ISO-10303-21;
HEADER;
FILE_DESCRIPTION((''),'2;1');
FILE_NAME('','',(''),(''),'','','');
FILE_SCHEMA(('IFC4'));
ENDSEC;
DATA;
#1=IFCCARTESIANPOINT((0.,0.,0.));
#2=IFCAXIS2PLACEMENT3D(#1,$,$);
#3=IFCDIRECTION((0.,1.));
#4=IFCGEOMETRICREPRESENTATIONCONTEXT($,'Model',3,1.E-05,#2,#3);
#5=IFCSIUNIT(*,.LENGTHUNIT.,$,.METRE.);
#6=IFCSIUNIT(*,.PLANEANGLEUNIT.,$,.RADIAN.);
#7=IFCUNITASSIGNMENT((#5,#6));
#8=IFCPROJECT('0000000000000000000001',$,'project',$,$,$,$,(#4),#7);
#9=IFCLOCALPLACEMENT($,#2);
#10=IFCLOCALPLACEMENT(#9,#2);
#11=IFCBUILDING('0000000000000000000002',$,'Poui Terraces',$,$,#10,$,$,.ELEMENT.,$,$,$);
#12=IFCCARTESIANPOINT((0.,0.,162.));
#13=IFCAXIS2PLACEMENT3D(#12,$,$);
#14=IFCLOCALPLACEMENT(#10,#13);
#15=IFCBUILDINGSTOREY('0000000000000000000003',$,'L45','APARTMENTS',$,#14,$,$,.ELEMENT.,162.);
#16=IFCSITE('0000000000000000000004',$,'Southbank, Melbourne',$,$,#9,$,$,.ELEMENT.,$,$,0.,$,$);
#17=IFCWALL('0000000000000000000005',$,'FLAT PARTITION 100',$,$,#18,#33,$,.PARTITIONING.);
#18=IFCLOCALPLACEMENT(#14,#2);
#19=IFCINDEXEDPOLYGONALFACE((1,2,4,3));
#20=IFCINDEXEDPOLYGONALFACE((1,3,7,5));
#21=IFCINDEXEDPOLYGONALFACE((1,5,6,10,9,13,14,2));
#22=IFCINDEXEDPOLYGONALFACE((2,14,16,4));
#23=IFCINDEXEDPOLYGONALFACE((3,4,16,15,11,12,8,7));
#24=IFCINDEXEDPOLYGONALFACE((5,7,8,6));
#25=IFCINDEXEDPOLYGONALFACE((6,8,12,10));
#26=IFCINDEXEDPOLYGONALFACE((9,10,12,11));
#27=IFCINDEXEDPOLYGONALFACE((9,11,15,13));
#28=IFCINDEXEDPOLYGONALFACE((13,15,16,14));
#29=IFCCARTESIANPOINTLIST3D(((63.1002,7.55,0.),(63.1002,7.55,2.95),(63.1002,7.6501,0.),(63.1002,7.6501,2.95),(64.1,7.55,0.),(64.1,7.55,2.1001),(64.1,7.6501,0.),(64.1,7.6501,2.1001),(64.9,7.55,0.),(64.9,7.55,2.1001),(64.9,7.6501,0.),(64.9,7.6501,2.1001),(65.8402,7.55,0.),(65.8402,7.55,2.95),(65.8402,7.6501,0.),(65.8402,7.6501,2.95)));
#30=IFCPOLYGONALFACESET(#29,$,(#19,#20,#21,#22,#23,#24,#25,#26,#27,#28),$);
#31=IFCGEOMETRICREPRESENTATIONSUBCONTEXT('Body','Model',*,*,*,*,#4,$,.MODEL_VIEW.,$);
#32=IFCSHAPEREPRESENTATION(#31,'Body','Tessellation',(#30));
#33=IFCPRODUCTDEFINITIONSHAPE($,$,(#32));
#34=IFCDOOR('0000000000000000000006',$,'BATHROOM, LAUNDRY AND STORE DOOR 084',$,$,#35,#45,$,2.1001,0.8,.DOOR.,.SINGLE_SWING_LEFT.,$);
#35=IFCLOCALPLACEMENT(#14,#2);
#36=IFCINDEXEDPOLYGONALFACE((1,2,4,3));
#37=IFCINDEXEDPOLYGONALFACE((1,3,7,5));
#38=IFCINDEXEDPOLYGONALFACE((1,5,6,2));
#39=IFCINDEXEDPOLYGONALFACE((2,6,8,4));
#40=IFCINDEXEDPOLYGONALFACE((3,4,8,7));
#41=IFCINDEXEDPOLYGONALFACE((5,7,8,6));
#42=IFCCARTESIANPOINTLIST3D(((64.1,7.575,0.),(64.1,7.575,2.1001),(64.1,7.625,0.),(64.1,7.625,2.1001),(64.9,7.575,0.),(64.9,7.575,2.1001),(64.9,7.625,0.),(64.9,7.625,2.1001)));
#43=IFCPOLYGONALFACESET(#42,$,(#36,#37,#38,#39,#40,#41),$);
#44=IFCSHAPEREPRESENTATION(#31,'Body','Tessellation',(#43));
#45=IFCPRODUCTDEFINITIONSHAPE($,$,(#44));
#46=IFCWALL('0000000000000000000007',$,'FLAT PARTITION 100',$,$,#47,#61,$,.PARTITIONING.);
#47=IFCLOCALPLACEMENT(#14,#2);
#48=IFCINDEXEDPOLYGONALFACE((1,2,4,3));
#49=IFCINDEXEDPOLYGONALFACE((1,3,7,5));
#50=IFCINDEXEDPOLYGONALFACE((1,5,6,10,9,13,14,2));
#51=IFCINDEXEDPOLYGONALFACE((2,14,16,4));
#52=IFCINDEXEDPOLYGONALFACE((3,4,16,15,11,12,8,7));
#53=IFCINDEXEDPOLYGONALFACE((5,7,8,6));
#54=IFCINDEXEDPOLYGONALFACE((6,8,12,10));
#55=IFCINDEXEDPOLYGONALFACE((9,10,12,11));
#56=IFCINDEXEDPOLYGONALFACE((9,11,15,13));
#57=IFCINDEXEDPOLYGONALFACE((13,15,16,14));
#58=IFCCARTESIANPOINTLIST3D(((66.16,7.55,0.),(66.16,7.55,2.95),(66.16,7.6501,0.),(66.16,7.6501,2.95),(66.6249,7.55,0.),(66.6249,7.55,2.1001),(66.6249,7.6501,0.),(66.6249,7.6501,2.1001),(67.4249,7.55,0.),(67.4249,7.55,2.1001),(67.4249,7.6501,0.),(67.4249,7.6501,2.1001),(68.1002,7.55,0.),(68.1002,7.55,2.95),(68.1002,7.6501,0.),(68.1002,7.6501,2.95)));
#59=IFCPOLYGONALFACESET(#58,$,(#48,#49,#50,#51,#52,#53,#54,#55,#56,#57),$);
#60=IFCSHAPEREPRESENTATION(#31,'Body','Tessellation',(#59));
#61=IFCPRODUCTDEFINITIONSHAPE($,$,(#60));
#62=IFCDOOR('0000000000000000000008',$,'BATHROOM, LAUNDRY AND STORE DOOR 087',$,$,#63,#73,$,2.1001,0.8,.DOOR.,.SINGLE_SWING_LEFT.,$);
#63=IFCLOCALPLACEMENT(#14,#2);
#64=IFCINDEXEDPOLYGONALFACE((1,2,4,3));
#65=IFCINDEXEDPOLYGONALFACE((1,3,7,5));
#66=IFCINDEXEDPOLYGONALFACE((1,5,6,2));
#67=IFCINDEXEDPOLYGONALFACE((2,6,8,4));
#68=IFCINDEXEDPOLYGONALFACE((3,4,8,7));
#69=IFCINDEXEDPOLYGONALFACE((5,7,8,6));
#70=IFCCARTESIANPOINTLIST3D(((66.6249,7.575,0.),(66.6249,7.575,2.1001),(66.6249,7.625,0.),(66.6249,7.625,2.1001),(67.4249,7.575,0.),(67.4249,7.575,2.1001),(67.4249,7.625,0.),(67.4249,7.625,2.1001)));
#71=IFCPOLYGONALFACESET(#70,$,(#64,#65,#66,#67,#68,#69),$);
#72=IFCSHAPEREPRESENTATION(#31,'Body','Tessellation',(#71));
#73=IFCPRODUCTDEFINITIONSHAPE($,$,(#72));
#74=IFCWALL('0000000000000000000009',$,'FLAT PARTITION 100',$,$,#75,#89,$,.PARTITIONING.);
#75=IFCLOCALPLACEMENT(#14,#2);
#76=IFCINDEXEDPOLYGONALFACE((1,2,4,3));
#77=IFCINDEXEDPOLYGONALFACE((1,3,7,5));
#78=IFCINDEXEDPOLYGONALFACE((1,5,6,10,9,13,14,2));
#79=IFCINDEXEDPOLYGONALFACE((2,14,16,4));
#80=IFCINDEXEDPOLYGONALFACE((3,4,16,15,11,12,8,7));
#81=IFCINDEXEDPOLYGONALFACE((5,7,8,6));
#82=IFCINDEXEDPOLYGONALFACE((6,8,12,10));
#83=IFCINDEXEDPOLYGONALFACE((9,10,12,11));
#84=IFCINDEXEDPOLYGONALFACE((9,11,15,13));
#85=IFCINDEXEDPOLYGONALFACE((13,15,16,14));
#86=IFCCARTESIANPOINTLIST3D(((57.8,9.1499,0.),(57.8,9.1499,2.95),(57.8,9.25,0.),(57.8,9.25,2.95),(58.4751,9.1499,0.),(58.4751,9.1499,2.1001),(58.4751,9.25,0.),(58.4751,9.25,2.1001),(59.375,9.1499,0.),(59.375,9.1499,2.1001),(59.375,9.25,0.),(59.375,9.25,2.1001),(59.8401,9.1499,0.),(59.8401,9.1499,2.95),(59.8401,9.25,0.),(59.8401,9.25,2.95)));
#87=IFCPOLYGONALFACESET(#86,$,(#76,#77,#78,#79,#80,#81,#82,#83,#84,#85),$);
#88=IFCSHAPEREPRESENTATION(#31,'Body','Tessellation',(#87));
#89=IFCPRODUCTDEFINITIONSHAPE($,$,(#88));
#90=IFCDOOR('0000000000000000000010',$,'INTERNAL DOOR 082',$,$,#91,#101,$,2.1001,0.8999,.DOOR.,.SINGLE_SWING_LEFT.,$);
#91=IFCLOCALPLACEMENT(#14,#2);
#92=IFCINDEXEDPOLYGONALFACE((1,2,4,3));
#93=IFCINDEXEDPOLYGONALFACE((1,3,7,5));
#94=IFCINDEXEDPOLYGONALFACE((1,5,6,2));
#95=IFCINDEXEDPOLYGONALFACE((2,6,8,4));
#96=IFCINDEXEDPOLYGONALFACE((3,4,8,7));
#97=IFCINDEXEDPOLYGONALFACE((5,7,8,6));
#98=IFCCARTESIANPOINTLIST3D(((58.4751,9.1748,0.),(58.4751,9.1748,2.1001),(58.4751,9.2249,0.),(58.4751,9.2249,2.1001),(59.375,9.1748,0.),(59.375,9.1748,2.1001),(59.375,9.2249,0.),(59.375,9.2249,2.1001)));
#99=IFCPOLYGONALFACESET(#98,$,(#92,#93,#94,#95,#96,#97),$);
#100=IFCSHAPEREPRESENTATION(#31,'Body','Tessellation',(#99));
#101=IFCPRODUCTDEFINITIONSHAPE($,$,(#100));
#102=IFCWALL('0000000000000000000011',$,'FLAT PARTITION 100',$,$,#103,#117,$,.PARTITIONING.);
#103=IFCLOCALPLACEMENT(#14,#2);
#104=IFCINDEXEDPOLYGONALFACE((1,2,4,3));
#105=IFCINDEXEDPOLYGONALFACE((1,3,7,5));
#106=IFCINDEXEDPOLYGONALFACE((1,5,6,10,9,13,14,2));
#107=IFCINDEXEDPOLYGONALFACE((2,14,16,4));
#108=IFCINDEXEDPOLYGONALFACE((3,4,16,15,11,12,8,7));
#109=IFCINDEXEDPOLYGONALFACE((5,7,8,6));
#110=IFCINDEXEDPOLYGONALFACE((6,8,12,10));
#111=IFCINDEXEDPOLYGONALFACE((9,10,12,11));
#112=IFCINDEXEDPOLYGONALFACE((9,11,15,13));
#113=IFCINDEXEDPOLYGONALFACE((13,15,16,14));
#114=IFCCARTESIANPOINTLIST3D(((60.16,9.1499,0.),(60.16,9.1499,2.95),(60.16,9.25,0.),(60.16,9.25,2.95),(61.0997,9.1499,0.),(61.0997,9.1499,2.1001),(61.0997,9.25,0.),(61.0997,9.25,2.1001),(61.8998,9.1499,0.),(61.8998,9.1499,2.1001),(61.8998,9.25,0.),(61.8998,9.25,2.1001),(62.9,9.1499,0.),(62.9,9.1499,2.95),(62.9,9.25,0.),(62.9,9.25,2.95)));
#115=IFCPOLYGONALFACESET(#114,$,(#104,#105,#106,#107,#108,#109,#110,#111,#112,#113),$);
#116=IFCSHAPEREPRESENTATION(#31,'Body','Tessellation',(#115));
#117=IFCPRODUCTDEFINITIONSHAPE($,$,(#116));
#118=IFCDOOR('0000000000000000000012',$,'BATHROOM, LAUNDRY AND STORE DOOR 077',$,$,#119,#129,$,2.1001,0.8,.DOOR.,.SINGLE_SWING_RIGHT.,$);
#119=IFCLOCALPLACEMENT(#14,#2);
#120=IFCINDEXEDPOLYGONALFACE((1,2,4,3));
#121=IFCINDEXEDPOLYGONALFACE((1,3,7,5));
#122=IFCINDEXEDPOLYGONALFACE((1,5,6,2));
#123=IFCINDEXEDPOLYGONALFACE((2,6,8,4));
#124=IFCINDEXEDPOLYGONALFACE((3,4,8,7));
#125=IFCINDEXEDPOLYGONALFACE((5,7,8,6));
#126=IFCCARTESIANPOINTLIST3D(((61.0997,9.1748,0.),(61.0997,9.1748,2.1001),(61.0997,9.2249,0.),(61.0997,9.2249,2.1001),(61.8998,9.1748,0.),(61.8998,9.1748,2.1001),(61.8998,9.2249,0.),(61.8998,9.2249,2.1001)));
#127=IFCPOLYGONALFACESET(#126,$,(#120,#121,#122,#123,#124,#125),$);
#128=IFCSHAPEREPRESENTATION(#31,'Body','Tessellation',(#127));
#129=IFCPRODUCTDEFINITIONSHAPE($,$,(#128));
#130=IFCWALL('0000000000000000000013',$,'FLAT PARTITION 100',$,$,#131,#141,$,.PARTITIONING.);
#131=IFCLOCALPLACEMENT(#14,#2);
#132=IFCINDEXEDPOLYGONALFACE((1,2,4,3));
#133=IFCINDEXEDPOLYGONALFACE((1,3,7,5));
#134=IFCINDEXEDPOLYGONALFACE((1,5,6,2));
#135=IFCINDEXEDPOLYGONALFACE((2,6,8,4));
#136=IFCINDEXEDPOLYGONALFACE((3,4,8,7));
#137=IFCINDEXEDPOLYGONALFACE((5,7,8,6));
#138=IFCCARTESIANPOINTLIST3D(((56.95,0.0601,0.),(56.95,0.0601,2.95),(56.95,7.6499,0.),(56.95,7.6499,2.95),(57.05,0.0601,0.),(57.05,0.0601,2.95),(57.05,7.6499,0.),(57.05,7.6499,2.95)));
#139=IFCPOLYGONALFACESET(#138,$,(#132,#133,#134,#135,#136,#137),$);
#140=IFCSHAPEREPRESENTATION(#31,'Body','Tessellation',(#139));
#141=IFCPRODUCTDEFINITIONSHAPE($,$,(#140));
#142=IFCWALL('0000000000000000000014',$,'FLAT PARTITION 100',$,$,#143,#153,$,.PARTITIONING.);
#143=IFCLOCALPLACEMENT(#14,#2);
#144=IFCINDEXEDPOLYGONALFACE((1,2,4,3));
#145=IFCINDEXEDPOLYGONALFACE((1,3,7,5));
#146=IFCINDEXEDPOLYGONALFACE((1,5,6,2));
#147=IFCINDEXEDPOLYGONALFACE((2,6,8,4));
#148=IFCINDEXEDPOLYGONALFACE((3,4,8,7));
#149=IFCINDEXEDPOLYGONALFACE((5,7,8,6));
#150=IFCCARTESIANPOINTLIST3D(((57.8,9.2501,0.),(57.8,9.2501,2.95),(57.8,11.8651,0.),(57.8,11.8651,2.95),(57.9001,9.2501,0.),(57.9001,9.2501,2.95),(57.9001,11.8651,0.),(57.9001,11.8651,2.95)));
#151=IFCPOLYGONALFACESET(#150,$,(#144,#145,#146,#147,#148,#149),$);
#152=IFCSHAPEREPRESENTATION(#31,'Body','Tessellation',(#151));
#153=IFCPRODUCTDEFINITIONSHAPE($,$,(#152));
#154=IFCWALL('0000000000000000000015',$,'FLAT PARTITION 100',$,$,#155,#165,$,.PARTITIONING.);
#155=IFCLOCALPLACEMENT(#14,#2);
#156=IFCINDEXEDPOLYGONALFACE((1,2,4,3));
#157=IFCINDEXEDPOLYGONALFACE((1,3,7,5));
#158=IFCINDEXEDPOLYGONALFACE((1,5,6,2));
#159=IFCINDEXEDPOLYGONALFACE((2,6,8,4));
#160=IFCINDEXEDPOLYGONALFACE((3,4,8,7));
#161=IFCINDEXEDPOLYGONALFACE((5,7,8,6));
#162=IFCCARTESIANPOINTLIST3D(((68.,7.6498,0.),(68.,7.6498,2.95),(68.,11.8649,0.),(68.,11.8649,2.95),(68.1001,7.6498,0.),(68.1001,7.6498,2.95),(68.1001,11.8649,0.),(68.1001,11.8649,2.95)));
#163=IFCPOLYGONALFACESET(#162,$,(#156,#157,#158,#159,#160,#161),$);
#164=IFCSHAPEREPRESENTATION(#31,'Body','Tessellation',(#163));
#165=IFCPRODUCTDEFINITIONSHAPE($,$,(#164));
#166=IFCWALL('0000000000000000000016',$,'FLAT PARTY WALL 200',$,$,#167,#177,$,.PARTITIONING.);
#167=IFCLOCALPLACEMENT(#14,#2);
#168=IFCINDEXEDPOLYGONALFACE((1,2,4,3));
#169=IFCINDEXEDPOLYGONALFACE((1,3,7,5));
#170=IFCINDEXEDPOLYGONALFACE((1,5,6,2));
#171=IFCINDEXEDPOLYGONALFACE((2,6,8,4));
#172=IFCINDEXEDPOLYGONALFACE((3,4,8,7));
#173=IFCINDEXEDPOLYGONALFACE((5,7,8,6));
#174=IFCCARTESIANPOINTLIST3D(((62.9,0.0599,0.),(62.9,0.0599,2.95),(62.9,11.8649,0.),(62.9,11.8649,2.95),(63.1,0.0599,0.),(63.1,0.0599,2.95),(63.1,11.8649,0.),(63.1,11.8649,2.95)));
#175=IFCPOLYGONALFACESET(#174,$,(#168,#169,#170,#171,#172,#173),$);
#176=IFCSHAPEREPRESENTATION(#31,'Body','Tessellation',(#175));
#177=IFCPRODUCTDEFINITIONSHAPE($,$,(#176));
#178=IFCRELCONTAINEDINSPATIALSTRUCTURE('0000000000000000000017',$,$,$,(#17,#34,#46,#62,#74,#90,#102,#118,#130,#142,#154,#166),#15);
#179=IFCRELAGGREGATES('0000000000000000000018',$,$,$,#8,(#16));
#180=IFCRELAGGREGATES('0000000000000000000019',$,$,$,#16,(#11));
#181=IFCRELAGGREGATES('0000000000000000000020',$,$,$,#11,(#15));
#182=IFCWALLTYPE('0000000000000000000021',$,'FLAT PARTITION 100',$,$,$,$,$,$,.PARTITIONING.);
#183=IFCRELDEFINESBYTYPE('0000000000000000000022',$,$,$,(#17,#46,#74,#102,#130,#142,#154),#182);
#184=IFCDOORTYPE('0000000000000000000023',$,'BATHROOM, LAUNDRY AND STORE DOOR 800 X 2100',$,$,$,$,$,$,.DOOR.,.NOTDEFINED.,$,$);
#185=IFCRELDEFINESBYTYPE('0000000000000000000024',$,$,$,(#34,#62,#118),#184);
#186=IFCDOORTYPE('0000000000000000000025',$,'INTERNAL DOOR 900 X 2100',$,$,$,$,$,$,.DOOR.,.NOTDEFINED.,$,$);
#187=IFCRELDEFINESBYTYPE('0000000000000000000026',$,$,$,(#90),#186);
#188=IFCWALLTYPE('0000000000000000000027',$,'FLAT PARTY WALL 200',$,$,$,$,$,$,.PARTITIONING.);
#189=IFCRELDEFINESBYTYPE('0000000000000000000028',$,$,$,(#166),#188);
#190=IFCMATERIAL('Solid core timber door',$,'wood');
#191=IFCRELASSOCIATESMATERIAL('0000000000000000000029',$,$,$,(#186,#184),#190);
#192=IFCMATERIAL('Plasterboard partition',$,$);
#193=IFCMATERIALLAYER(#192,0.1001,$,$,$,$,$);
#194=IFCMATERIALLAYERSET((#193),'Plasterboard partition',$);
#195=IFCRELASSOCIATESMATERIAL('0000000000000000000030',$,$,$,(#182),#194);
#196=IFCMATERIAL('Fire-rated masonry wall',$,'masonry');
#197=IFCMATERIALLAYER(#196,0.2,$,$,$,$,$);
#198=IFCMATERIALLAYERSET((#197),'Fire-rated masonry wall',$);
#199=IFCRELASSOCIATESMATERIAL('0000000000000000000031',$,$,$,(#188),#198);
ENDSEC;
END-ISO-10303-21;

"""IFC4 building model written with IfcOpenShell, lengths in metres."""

from ifc_helpers import new_model, si_unit, direction, frame, frame_2d, origin, place, context, subcontext, project, spatial, rectangle, extrude, material, layer, layer_set, type_object, element, fill, save


model = new_model("IFC4")

# Units and contexts
model_context = context("Model", 3, precision=1e-05, world=origin(), true_north=direction((0.0, 1.0)))
body_context = subcontext(model_context, "Body", "Model", "MODEL_VIEW")
ifc_project = project(units=[si_unit("LENGTHUNIT", "METRE"), si_unit("PLANEANGLEUNIT", "RADIAN")], contexts=[model_context])

# Site, building, storey
site_placement = place(None, origin())
site = spatial("IfcSite", under=ifc_project, at=site_placement, Name="Southbank, Melbourne", CompositionType="ELEMENT", RefElevation=0.0)
building_placement = place(site_placement, origin())
building = spatial("IfcBuilding", under=site, at=building_placement, Name="Poui Terraces", CompositionType="ELEMENT")
storey_placement = place(building_placement, frame((0.0, 0.0, 162.0)))
storey = spatial("IfcBuildingStorey", under=building, at=storey_placement, Name="L45", Description="APARTMENTS", CompositionType="ELEMENT", Elevation=162.0)

# Walls, openings, doors
ifc_material_1 = material(Name="Solid core timber door", Category="wood")
door_type_1 = type_object("IfcDoorType", Name="INTERNAL DOOR 900 X 2100", OperationType="NOTDEFINED", PredefinedType="DOOR", material=ifc_material_1)
ifc_material_2 = material(Name="Plasterboard partition")
ifc_layer_1 = layer(ifc_material_2, 0.1001)
ifc_layer_set_1 = layer_set([ifc_layer_1], Name="Plasterboard partition")
wall_type_1 = type_object("IfcWallType", Name="FLAT PARTITION 100", PredefinedType="PARTITIONING", material=ifc_layer_set_1)
wall_1_placement = place(storey_placement, frame((63.1001, 7.6001, 0.0), z_axis=(0.0, 0.0, 1.0), x_axis=(1.0, 0.0, 0.0)))
wall_1 = element("IfcWall", 1, at=wall_1_placement, inside=storey, type_object=wall_type_1, Name="FLAT PARTITION 100", PredefinedType="PARTITIONING", context=body_context, shape_type="SweptSolid", body=[
    extrude(rectangle(XDim=2.74, YDim=0.1001, at=frame_2d((1.3701, 0.0))), origin(), (0.0, 0.0, 1.0), 2.95),
])
opening_1_placement = place(wall_1_placement, frame((1.0, 0.0, 0.0)))
opening_1 = element("IfcOpeningElement", 2, at=opening_1_placement, cuts=wall_1, PredefinedType="OPENING", context=body_context, shape_type="SweptSolid", body=[
    extrude(rectangle(XDim=0.8, YDim=2.1001, at=frame_2d((0.3999, 1.05))), frame((0.0, 0.0601, 0.0), z_axis=(0.0, -1.0, 0.0), x_axis=(1.0, 0.0, 0.0)), (0.0, 0.0, 1.0), 0.1201),
])
door_type_2 = type_object("IfcDoorType", Name="BATHROOM, LAUNDRY AND STORE DOOR 800 X 2100", OperationType="NOTDEFINED", PredefinedType="DOOR", material=ifc_material_1)
door_1_placement = place(opening_1_placement, origin())
door_1 = element("IfcDoor", 3, at=door_1_placement, inside=storey, type_object=door_type_2, Name="BATHROOM, LAUNDRY AND STORE DOOR 084", OperationType="SINGLE_SWING_LEFT", OverallHeight=2.1001, OverallWidth=0.8, PredefinedType="DOOR", context=body_context, shape_type="SweptSolid", body=[
    extrude(rectangle(XDim=0.8, YDim=2.1001, at=frame_2d((0.3999, 1.05))), frame((0.0, 0.0249, 0.0), z_axis=(0.0, -1.0, 0.0), x_axis=(1.0, 0.0, 0.0)), (0.0, 0.0, 1.0), 0.05),
])
fill(opening_1, door_1)
wall_2_placement = place(storey_placement, frame((66.1599, 7.6001, 0.0), z_axis=(0.0, 0.0, 1.0), x_axis=(1.0, 0.0, 0.0)))
wall_2 = element("IfcWall", 4, at=wall_2_placement, inside=storey, type_object=wall_type_1, Name="FLAT PARTITION 100", PredefinedType="PARTITIONING", context=body_context, shape_type="SweptSolid", body=[
    extrude(rectangle(XDim=1.9402, YDim=0.1001, at=frame_2d((0.9702, 0.0))), origin(), (0.0, 0.0, 1.0), 2.95),
])
opening_2_placement = place(wall_2_placement, frame((0.4651, 0.0, 0.0)))
opening_2 = element("IfcOpeningElement", 5, at=opening_2_placement, cuts=wall_2, PredefinedType="OPENING", context=body_context, shape_type="SweptSolid", body=[
    extrude(rectangle(XDim=0.8, YDim=2.1001, at=frame_2d((0.3999, 1.05))), frame((0.0, 0.0601, 0.0), z_axis=(0.0, -1.0, 0.0), x_axis=(1.0, 0.0, 0.0)), (0.0, 0.0, 1.0), 0.1201),
])
door_2_placement = place(opening_2_placement, origin())
door_2 = element("IfcDoor", 6, at=door_2_placement, inside=storey, type_object=door_type_2, Name="BATHROOM, LAUNDRY AND STORE DOOR 087", OperationType="SINGLE_SWING_LEFT", OverallHeight=2.1001, OverallWidth=0.8, PredefinedType="DOOR", context=body_context, shape_type="SweptSolid", body=[
    extrude(rectangle(XDim=0.8, YDim=2.1001, at=frame_2d((0.3999, 1.05))), frame((0.0, 0.0249, 0.0), z_axis=(0.0, -1.0, 0.0), x_axis=(1.0, 0.0, 0.0)), (0.0, 0.0, 1.0), 0.05),
])
fill(opening_2, door_2)
wall_3_placement = place(storey_placement, frame((57.8, 9.2, 0.0), z_axis=(0.0, 0.0, 1.0), x_axis=(1.0, 0.0, 0.0)))
wall_3 = element("IfcWall", 7, at=wall_3_placement, inside=storey, type_object=wall_type_1, Name="FLAT PARTITION 100", PredefinedType="PARTITIONING", context=body_context, shape_type="SweptSolid", body=[
    extrude(rectangle(XDim=2.04, YDim=0.1001, at=frame_2d((1.02, 0.0))), origin(), (0.0, 0.0, 1.0), 2.95),
])
opening_3_placement = place(wall_3_placement, frame((0.675, 0.0, 0.0)))
opening_3 = element("IfcOpeningElement", 8, at=opening_3_placement, cuts=wall_3, PredefinedType="OPENING", context=body_context, shape_type="SweptSolid", body=[
    extrude(rectangle(XDim=0.8999, YDim=2.1001, at=frame_2d((0.45, 1.05))), frame((0.0, 0.0601, 0.0), z_axis=(0.0, -1.0, 0.0), x_axis=(1.0, 0.0, 0.0)), (0.0, 0.0, 1.0), 0.1201),
])
door_3_placement = place(opening_3_placement, origin())
door_3 = element("IfcDoor", 9, at=door_3_placement, inside=storey, type_object=door_type_1, Name="INTERNAL DOOR 082", OperationType="SINGLE_SWING_LEFT", OverallHeight=2.1001, OverallWidth=0.8999, PredefinedType="DOOR", context=body_context, shape_type="SweptSolid", body=[
    extrude(rectangle(XDim=0.8999, YDim=2.1001, at=frame_2d((0.45, 1.05))), frame((0.0, 0.0249, 0.0), z_axis=(0.0, -1.0, 0.0), x_axis=(1.0, 0.0, 0.0)), (0.0, 0.0, 1.0), 0.05),
])
fill(opening_3, door_3)
wall_4_placement = place(storey_placement, frame((60.1599, 9.2, 0.0), z_axis=(0.0, 0.0, 1.0), x_axis=(1.0, 0.0, 0.0)))
wall_4 = element("IfcWall", 10, at=wall_4_placement, inside=storey, type_object=wall_type_1, Name="FLAT PARTITION 100", PredefinedType="PARTITIONING", context=body_context, shape_type="SweptSolid", body=[
    extrude(rectangle(XDim=2.74, YDim=0.1001, at=frame_2d((1.3701, 0.0))), origin(), (0.0, 0.0, 1.0), 2.95),
])
opening_4_placement = place(wall_4_placement, frame((0.9399, 0.0, 0.0)))
opening_4 = element("IfcOpeningElement", 11, at=opening_4_placement, cuts=wall_4, PredefinedType="OPENING", context=body_context, shape_type="SweptSolid", body=[
    extrude(rectangle(XDim=0.8, YDim=2.1001, at=frame_2d((0.3999, 1.05))), frame((0.0, 0.0601, 0.0), z_axis=(0.0, -1.0, 0.0), x_axis=(1.0, 0.0, 0.0)), (0.0, 0.0, 1.0), 0.1201),
])
door_4_placement = place(opening_4_placement, origin())
door_4 = element("IfcDoor", 12, at=door_4_placement, inside=storey, type_object=door_type_2, Name="BATHROOM, LAUNDRY AND STORE DOOR 077", OperationType="SINGLE_SWING_RIGHT", OverallHeight=2.1001, OverallWidth=0.8, PredefinedType="DOOR", context=body_context, shape_type="SweptSolid", body=[
    extrude(rectangle(XDim=0.8, YDim=2.1001, at=frame_2d((0.3999, 1.05))), frame((0.0, 0.0249, 0.0), z_axis=(0.0, -1.0, 0.0), x_axis=(1.0, 0.0, 0.0)), (0.0, 0.0, 1.0), 0.05),
])
fill(opening_4, door_4)

# Walls
wall_5_placement = place(storey_placement, frame((57.0, 0.0601, 0.0), z_axis=(0.0, 0.0, 1.0), x_axis=(0.0, 1.0, 0.0)))
element("IfcWall", 13, at=wall_5_placement, inside=storey, type_object=wall_type_1, Name="FLAT PARTITION 100", PredefinedType="PARTITIONING", context=body_context, shape_type="SweptSolid", body=[
    extrude(rectangle(XDim=7.5898, YDim=0.1001, at=frame_2d((3.7949, 0.0))), origin(), (0.0, 0.0, 1.0), 2.95),
])
wall_6_placement = place(storey_placement, frame((57.8501, 9.25, 0.0), z_axis=(0.0, 0.0, 1.0), x_axis=(0.0, 1.0, 0.0)))
element("IfcWall", 14, at=wall_6_placement, inside=storey, type_object=wall_type_1, Name="FLAT PARTITION 100", PredefinedType="PARTITIONING", context=body_context, shape_type="SweptSolid", body=[
    extrude(rectangle(XDim=2.615, YDim=0.1001, at=frame_2d((1.3076, 0.0))), origin(), (0.0, 0.0, 1.0), 2.95),
])
wall_7_placement = place(storey_placement, frame((68.05, 7.6499, 0.0), z_axis=(0.0, 0.0, 1.0), x_axis=(0.0, 1.0, 0.0)))
element("IfcWall", 15, at=wall_7_placement, inside=storey, type_object=wall_type_1, Name="FLAT PARTITION 100", PredefinedType="PARTITIONING", context=body_context, shape_type="SweptSolid", body=[
    extrude(rectangle(XDim=4.2151, YDim=0.1001, at=frame_2d((2.1074, 0.0))), origin(), (0.0, 0.0, 1.0), 2.95),
])
ifc_material_3 = material(Name="Fire-rated masonry wall", Category="masonry")
ifc_layer_2 = layer(ifc_material_3, 0.2)
ifc_layer_set_2 = layer_set([ifc_layer_2], Name="Fire-rated masonry wall")
wall_type_2 = type_object("IfcWallType", Name="FLAT PARTY WALL 200", PredefinedType="PARTITIONING", material=ifc_layer_set_2)
wall_8_placement = place(storey_placement, frame((63.0, 0.0601, 0.0), z_axis=(0.0, 0.0, 1.0), x_axis=(0.0, 1.0, 0.0)))
element("IfcWall", 16, at=wall_8_placement, inside=storey, type_object=wall_type_2, Name="FLAT PARTY WALL 200", PredefinedType="PARTITIONING", context=body_context, shape_type="SweptSolid", body=[
    extrude(rectangle(XDim=11.8049, YDim=0.2, at=frame_2d((5.9023, 0.0))), origin(), (0.0, 0.0, 1.0), 2.95),
])

save(model, "model.ifc")
